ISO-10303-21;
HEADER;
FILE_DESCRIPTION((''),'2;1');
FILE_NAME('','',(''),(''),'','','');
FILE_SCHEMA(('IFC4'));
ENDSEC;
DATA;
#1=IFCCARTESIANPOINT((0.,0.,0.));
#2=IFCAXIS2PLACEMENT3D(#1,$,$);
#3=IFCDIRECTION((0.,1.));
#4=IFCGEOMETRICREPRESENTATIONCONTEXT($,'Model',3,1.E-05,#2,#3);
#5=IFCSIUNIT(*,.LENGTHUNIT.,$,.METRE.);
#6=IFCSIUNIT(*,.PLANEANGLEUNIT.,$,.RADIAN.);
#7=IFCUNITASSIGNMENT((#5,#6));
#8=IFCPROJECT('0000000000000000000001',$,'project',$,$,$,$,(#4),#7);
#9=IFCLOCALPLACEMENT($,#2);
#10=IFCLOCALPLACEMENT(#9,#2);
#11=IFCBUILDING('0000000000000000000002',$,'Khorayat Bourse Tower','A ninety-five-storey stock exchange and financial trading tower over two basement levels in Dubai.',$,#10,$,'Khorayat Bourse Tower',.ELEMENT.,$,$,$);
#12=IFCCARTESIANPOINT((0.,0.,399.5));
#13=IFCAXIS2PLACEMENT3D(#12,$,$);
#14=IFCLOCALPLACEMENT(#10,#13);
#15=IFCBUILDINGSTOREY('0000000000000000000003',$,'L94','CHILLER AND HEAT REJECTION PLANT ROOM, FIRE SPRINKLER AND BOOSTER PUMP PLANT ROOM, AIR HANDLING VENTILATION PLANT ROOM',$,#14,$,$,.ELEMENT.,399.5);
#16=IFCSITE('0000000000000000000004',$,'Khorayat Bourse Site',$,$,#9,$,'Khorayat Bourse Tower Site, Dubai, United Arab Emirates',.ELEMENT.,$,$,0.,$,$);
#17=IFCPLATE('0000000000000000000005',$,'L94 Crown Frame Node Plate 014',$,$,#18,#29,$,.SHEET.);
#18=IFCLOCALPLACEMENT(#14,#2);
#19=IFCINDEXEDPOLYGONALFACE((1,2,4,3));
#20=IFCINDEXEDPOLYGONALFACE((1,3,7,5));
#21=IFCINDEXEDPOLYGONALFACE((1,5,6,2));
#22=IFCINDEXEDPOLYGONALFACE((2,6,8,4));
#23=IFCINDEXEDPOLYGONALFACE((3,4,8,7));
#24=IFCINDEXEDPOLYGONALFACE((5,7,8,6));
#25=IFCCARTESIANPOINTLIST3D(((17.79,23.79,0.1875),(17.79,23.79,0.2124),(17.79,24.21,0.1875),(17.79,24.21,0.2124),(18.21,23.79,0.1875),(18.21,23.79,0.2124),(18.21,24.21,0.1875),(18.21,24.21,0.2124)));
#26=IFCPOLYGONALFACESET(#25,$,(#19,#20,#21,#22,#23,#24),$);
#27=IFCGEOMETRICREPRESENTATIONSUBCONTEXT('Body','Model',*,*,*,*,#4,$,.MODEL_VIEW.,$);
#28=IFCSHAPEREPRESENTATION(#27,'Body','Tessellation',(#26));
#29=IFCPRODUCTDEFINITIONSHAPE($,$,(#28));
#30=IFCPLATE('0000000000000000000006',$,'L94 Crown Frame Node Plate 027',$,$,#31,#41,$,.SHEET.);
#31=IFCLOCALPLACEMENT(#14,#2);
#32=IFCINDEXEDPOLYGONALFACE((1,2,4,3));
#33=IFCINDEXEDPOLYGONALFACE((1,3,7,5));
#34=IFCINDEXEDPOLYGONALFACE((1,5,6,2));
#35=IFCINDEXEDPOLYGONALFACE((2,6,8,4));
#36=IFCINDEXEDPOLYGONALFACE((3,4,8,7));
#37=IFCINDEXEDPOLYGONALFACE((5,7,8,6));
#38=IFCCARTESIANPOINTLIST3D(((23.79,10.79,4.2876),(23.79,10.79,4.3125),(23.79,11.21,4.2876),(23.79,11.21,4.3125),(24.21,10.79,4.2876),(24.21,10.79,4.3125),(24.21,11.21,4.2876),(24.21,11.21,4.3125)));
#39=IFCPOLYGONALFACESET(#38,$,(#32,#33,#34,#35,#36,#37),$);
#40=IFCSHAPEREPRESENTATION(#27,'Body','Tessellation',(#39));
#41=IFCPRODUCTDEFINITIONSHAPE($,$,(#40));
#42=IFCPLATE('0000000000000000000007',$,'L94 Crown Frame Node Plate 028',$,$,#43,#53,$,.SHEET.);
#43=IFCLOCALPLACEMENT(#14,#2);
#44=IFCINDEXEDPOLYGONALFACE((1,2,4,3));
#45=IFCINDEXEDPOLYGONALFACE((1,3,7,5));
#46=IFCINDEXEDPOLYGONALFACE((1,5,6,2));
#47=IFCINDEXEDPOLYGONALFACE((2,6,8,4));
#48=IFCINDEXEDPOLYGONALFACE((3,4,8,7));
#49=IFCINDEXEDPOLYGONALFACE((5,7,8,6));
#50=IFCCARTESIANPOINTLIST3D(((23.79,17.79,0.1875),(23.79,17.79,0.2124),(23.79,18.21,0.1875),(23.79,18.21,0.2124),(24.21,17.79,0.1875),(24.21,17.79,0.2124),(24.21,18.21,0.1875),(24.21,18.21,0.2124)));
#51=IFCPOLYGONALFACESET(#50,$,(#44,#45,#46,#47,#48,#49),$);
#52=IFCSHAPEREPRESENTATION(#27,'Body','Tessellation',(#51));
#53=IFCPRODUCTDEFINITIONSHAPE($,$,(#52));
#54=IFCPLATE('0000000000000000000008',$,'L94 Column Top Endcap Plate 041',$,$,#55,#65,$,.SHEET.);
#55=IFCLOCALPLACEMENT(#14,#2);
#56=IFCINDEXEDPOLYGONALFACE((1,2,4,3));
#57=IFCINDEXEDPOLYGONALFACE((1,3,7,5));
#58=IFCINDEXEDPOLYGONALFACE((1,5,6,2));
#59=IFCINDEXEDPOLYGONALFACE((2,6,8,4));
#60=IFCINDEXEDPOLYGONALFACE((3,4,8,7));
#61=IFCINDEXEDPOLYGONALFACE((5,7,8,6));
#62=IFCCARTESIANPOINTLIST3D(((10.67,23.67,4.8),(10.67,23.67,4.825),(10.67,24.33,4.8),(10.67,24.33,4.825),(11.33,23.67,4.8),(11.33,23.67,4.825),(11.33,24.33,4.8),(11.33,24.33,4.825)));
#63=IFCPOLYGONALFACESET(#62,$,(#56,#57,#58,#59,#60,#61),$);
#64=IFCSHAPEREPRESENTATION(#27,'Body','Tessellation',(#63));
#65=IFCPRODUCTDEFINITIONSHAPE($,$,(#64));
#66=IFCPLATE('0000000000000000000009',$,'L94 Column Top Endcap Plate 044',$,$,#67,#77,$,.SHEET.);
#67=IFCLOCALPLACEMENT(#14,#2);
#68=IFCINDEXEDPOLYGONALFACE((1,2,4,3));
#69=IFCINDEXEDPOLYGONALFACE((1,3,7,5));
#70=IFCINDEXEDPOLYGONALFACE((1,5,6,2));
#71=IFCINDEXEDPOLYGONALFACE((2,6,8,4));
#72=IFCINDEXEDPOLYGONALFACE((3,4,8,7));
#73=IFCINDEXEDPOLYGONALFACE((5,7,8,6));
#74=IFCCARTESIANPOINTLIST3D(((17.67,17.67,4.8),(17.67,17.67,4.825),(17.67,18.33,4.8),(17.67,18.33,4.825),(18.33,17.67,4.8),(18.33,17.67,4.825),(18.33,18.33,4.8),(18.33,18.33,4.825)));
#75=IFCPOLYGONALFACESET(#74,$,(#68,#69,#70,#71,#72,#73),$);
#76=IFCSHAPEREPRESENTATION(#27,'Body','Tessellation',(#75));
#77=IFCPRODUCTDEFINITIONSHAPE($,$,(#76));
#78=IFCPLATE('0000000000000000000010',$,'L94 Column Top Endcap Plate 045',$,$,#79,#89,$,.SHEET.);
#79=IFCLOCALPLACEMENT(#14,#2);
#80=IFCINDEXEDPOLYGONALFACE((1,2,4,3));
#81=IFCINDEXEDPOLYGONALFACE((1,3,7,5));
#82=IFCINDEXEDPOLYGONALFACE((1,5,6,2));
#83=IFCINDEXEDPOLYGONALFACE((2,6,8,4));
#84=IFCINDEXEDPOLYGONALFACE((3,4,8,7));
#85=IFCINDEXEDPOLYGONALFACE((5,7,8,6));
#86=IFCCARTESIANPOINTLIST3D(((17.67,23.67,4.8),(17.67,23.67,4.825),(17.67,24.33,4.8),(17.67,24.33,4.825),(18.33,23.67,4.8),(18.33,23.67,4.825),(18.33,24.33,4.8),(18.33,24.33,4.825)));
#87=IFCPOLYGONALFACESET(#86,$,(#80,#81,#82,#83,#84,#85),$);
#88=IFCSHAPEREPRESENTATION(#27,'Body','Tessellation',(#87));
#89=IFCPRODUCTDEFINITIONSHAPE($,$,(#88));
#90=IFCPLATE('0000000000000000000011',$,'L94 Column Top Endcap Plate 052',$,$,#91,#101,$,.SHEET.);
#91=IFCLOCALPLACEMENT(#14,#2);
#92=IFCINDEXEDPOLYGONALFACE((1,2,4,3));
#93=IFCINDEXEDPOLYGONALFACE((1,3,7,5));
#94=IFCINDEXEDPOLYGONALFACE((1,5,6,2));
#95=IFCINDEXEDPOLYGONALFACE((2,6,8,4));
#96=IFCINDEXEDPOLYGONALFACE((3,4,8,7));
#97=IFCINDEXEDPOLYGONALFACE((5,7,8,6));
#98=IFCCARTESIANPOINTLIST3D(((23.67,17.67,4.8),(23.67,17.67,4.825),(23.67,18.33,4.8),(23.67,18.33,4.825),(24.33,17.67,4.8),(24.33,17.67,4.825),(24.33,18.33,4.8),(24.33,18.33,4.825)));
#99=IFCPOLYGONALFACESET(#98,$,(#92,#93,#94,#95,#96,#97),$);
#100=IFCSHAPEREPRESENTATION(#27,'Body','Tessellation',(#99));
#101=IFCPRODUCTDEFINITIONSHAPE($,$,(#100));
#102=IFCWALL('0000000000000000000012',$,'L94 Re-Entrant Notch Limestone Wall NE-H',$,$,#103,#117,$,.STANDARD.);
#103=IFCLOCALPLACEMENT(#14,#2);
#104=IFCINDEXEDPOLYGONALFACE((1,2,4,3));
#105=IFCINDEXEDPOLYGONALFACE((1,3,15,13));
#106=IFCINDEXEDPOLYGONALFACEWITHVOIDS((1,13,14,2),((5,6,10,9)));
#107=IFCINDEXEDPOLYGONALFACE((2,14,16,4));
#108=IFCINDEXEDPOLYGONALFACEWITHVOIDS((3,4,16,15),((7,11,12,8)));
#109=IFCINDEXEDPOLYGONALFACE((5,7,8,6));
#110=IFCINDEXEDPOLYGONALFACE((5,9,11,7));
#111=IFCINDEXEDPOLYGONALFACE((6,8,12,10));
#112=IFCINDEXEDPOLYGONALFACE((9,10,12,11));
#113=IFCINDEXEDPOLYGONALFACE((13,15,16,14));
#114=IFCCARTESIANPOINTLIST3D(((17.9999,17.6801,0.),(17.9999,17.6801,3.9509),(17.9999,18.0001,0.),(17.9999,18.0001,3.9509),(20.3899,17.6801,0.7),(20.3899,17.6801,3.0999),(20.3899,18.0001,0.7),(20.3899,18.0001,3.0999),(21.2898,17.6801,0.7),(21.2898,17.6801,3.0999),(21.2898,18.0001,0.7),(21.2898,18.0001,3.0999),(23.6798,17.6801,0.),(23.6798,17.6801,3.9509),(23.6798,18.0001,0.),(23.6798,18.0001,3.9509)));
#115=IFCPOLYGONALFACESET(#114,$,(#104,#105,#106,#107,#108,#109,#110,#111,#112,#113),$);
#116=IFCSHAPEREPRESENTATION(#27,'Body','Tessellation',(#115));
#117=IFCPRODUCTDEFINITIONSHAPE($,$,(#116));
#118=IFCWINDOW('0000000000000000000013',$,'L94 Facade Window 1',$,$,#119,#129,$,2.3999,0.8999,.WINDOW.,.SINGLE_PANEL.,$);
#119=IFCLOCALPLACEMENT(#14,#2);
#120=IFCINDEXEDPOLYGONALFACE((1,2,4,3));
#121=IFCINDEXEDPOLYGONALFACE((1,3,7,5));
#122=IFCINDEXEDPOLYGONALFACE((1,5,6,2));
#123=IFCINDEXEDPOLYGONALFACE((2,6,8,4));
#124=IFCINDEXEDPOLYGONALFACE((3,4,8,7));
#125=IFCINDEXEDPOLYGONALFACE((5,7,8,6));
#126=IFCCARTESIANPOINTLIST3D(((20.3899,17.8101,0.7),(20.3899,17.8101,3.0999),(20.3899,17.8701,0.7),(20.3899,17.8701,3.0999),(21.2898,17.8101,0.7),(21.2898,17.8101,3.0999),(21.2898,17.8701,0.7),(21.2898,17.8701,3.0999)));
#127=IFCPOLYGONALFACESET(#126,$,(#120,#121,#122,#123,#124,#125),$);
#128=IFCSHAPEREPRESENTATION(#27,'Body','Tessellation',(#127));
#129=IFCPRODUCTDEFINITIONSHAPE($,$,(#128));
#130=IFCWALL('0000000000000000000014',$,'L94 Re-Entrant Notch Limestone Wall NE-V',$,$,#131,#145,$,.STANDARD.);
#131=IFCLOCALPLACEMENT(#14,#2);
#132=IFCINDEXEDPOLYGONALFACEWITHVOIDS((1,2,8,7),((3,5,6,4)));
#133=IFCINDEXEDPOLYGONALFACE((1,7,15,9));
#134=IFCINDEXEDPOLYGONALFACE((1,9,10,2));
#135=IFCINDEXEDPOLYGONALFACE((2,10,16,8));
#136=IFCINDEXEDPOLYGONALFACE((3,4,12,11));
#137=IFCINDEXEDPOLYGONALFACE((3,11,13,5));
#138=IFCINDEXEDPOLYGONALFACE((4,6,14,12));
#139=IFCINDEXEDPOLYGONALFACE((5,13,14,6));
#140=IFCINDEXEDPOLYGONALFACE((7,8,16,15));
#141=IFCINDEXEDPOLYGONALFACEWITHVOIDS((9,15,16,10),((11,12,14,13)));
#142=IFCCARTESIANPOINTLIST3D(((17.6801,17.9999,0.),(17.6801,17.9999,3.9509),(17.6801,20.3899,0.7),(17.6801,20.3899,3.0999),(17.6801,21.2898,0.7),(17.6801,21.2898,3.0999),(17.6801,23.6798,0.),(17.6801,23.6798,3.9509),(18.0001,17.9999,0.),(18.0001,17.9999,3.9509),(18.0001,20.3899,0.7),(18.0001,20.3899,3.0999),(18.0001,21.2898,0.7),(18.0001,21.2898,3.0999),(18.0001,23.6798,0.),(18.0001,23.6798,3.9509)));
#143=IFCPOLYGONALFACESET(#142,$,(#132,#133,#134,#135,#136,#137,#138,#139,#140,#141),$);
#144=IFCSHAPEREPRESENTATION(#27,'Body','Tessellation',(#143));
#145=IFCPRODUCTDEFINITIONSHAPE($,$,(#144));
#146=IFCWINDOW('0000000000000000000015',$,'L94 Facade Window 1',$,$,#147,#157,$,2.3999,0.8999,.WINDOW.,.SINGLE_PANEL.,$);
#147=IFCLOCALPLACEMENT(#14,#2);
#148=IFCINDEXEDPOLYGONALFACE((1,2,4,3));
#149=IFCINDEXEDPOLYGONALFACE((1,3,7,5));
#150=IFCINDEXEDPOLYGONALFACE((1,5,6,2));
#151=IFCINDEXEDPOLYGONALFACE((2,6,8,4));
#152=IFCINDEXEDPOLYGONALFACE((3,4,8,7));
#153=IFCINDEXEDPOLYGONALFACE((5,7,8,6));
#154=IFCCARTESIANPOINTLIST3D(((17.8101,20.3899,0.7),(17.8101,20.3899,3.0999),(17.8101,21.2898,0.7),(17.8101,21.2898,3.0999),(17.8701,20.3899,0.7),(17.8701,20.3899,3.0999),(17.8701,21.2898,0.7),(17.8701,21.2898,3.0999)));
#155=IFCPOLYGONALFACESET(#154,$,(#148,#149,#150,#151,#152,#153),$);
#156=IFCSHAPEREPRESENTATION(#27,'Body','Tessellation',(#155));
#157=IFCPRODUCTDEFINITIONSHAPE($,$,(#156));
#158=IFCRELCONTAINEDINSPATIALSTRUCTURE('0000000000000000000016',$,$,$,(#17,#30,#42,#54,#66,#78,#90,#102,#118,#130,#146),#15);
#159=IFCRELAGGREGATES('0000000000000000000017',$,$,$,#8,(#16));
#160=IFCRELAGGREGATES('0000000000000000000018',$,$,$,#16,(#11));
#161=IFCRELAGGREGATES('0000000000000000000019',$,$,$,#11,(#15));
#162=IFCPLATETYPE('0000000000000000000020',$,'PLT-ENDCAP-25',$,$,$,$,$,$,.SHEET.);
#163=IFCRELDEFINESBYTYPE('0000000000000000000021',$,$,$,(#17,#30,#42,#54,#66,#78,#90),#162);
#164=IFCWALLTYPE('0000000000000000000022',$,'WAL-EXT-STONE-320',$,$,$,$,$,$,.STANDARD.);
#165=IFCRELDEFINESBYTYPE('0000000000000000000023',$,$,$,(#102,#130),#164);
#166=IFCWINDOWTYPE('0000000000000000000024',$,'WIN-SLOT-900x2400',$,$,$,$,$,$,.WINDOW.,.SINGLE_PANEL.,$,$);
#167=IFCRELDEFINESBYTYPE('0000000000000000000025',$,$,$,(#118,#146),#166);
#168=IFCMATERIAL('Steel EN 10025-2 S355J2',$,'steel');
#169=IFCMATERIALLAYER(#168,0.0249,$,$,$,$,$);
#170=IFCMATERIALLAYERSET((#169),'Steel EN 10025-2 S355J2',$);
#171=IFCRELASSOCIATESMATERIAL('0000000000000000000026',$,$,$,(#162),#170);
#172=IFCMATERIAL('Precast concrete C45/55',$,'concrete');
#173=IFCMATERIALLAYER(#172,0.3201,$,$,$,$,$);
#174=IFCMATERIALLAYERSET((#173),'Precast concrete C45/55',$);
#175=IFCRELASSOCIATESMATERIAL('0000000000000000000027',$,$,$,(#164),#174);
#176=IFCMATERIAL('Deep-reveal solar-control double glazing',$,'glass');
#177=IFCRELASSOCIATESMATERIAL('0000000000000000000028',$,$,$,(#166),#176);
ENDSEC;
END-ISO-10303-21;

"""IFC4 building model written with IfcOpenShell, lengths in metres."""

from ifc_helpers import new_model, si_unit, direction, frame, frame_2d, origin, origin_2d, place, context, subcontext, project, spatial, rectangle, extrude, source, transform, mapped, material, layer, layer_set, type_object, element, fill, save


model = new_model("IFC4")

# Units and contexts
model_context = context("Model", 3, precision=1e-05, world=origin(), true_north=direction((0.0, 1.0)))
body_context = subcontext(model_context, "Body", "Model", "MODEL_VIEW")
ifc_project = project(units=[si_unit("LENGTHUNIT", "METRE"), si_unit("PLANEANGLEUNIT", "RADIAN")], contexts=[model_context])

# Site, building, storey
site_placement = place(None, origin())
site = spatial("IfcSite", under=ifc_project, at=site_placement, Name="Khorayat Bourse Site", LongName="Khorayat Bourse Tower Site, Dubai, United Arab Emirates", CompositionType="ELEMENT", RefElevation=0.0)
building_placement = place(site_placement, origin())
building = spatial("IfcBuilding", under=site, at=building_placement, Name="Khorayat Bourse Tower", Description="A ninety-five-storey stock exchange and financial trading tower over two basement levels in Dubai.", LongName="Khorayat Bourse Tower", CompositionType="ELEMENT")
storey_placement = place(building_placement, frame((0.0, 0.0, 399.5)))
storey = spatial("IfcBuildingStorey", under=building, at=storey_placement, Name="L94", Description="CHILLER AND HEAT REJECTION PLANT ROOM, FIRE SPRINKLER AND BOOSTER PUMP PLANT ROOM, AIR HANDLING VENTILATION PLANT ROOM", CompositionType="ELEMENT", Elevation=399.5)

# Shared definitions
ifc_material_1 = material(Name="Steel EN 10025-2 S355J2", Category="steel")

# Plates
ifc_layer_1 = layer(ifc_material_1, 0.0249)
ifc_layer_set_1 = layer_set([ifc_layer_1], Name="Steel EN 10025-2 S355J2")
plate_type = type_object("IfcPlateType", Name="PLT-ENDCAP-25", PredefinedType="SHEET", material=ifc_layer_set_1)
shared_shape_1 = source(origin(), body_context, "Body", "SweptSolid", [
    extrude(rectangle(XDim=0.4199, YDim=0.4199, at=origin_2d()), origin(), (0.0, 0.0, 1.0), 0.0249),
])
for number, where, z_axis, x_axis, name in (
    (1, (18.0, 24.0, 0.1875), (0.0, 0.0, 1.0), (1.0, 0.0, 0.0), "L94 Crown Frame Node Plate 014"),
    (2, (24.0, 11.0, 4.2876), (0.0, 0.0, 1.0), (1.0, 0.0, 0.0), "L94 Crown Frame Node Plate 027"),
    (3, (24.0, 18.0, 0.1875), (0.0, 0.0, 1.0), (1.0, 0.0, 0.0), "L94 Crown Frame Node Plate 028"),
):
    element("IfcPlate", number, at=place(storey_placement, frame(where, z_axis=z_axis, x_axis=x_axis)), inside=storey, type_object=plate_type, Name=name, PredefinedType="SHEET", context=body_context, shape_type="MappedRepresentation", body=[
        mapped(shared_shape_1, transform((0.0, 0.0, 0.0), scale=1.0)),
    ])
shared_shape_2 = source(origin(), body_context, "Body", "SweptSolid", [
    extrude(rectangle(XDim=0.6599, YDim=0.6599, at=origin_2d()), origin(), (0.0, 0.0, 1.0), 0.0249),
])
for number, where, z_axis, x_axis, name in (
    (4, (11.0, 24.0, 4.8), (0.0, 0.0, 1.0), (1.0, 0.0, 0.0), "L94 Column Top Endcap Plate 041"),
    (5, (18.0, 18.0, 4.8), (0.0, 0.0, 1.0), (1.0, 0.0, 0.0), "L94 Column Top Endcap Plate 044"),
    (6, (18.0, 24.0, 4.8), (0.0, 0.0, 1.0), (1.0, 0.0, 0.0), "L94 Column Top Endcap Plate 045"),
    (7, (24.0, 18.0, 4.8), (0.0, 0.0, 1.0), (1.0, 0.0, 0.0), "L94 Column Top Endcap Plate 052"),
):
    element("IfcPlate", number, at=place(storey_placement, frame(where, z_axis=z_axis, x_axis=x_axis)), inside=storey, type_object=plate_type, Name=name, PredefinedType="SHEET", context=body_context, shape_type="MappedRepresentation", body=[
        mapped(shared_shape_2, transform((0.0, 0.0, 0.0), scale=1.0)),
    ])

# Walls, openings, windows
ifc_material_2 = material(Name="Precast concrete C45/55", Category="concrete")
ifc_layer_2 = layer(ifc_material_2, 0.3201)
ifc_layer_set_2 = layer_set([ifc_layer_2], Name="Precast concrete C45/55")
wall_type = type_object("IfcWallType", Name="WAL-EXT-STONE-320", PredefinedType="STANDARD", material=ifc_layer_set_2)
shared_shape_3 = source(origin(), body_context, "Body", "SweptSolid", [
    extrude(rectangle(XDim=5.6799, YDim=0.3201, at=frame_2d((2.8398, 0.0))), origin(), (0.0, 0.0, 1.0), 3.9509),
])
wall_1_placement = place(storey_placement, frame((18.0, 17.8401, 0.0), z_axis=(0.0, 0.0, 1.0), x_axis=(1.0, 0.0, 0.0)))
wall_1 = element("IfcWall", 8, at=wall_1_placement, inside=storey, type_object=wall_type, Name="L94 Re-Entrant Notch Limestone Wall NE-H", PredefinedType="STANDARD", context=body_context, shape_type="MappedRepresentation", body=[
    mapped(shared_shape_3, transform((0.0, 0.0, 0.0), scale=1.0)),
])
shared_shape_4 = source(origin(), body_context, "Body", "SweptSolid", [
    extrude(rectangle(XDim=0.8999, YDim=2.3999, at=frame_2d((0.45, 1.2))), frame((0.0, 0.1699, 0.0), z_axis=(0.0, -1.0, 0.0), x_axis=(1.0, 0.0, 0.0)), (0.0, 0.0, 1.0), 0.3401),
])
opening_1_placement = place(wall_1_placement, frame((2.3899, 0.0, 0.7)))
opening_1 = element("IfcOpeningElement", 9, at=opening_1_placement, cuts=wall_1, PredefinedType="OPENING", context=body_context, shape_type="MappedRepresentation", body=[
    mapped(shared_shape_4, transform((0.0, 0.0, 0.0), scale=1.0)),
])
ifc_material_3 = material(Name="Deep-reveal solar-control double glazing", Category="glass")
window_type = type_object("IfcWindowType", Name="WIN-SLOT-900x2400", PartitioningType="SINGLE_PANEL", PredefinedType="WINDOW", material=ifc_material_3)
shared_shape_5 = source(origin(), body_context, "Body", "SweptSolid", [
    extrude(rectangle(XDim=0.8999, YDim=2.3999, at=frame_2d((0.45, 1.2))), frame((0.0, 0.03, 0.0), z_axis=(0.0, -1.0, 0.0), x_axis=(1.0, 0.0, 0.0)), (0.0, 0.0, 1.0), 0.0601),
])
window_1_placement = place(opening_1_placement, origin())
window_1 = element("IfcWindow", 10, at=window_1_placement, inside=storey, type_object=window_type, Name="L94 Facade Window 1", OverallHeight=2.3999, OverallWidth=0.8999, PartitioningType="SINGLE_PANEL", PredefinedType="WINDOW", context=body_context, shape_type="MappedRepresentation", body=[
    mapped(shared_shape_5, transform((0.0, 0.0, 0.0), scale=1.0)),
])
fill(opening_1, window_1)
wall_2_placement = place(storey_placement, frame((17.8401, 18.0, 0.0), z_axis=(0.0, 0.0, 1.0), x_axis=(0.0, 1.0, 0.0)))
wall_2 = element("IfcWall", 11, at=wall_2_placement, inside=storey, type_object=wall_type, Name="L94 Re-Entrant Notch Limestone Wall NE-V", PredefinedType="STANDARD", context=body_context, shape_type="MappedRepresentation", body=[
    mapped(shared_shape_3, transform((0.0, 0.0, 0.0), scale=1.0)),
])
opening_2_placement = place(wall_2_placement, frame((2.3899, 0.0, 0.7)))
opening_2 = element("IfcOpeningElement", 12, at=opening_2_placement, cuts=wall_2, PredefinedType="OPENING", context=body_context, shape_type="MappedRepresentation", body=[
    mapped(shared_shape_4, transform((0.0, 0.0, 0.0), scale=1.0)),
])
window_2_placement = place(opening_2_placement, origin())
window_2 = element("IfcWindow", 13, at=window_2_placement, inside=storey, type_object=window_type, Name="L94 Facade Window 1", OverallHeight=2.3999, OverallWidth=0.8999, PartitioningType="SINGLE_PANEL", PredefinedType="WINDOW", context=body_context, shape_type="MappedRepresentation", body=[
    mapped(shared_shape_5, transform((0.0, 0.0, 0.0), scale=1.0)),
])
fill(opening_2, window_2)

save(model, "model.ifc")
